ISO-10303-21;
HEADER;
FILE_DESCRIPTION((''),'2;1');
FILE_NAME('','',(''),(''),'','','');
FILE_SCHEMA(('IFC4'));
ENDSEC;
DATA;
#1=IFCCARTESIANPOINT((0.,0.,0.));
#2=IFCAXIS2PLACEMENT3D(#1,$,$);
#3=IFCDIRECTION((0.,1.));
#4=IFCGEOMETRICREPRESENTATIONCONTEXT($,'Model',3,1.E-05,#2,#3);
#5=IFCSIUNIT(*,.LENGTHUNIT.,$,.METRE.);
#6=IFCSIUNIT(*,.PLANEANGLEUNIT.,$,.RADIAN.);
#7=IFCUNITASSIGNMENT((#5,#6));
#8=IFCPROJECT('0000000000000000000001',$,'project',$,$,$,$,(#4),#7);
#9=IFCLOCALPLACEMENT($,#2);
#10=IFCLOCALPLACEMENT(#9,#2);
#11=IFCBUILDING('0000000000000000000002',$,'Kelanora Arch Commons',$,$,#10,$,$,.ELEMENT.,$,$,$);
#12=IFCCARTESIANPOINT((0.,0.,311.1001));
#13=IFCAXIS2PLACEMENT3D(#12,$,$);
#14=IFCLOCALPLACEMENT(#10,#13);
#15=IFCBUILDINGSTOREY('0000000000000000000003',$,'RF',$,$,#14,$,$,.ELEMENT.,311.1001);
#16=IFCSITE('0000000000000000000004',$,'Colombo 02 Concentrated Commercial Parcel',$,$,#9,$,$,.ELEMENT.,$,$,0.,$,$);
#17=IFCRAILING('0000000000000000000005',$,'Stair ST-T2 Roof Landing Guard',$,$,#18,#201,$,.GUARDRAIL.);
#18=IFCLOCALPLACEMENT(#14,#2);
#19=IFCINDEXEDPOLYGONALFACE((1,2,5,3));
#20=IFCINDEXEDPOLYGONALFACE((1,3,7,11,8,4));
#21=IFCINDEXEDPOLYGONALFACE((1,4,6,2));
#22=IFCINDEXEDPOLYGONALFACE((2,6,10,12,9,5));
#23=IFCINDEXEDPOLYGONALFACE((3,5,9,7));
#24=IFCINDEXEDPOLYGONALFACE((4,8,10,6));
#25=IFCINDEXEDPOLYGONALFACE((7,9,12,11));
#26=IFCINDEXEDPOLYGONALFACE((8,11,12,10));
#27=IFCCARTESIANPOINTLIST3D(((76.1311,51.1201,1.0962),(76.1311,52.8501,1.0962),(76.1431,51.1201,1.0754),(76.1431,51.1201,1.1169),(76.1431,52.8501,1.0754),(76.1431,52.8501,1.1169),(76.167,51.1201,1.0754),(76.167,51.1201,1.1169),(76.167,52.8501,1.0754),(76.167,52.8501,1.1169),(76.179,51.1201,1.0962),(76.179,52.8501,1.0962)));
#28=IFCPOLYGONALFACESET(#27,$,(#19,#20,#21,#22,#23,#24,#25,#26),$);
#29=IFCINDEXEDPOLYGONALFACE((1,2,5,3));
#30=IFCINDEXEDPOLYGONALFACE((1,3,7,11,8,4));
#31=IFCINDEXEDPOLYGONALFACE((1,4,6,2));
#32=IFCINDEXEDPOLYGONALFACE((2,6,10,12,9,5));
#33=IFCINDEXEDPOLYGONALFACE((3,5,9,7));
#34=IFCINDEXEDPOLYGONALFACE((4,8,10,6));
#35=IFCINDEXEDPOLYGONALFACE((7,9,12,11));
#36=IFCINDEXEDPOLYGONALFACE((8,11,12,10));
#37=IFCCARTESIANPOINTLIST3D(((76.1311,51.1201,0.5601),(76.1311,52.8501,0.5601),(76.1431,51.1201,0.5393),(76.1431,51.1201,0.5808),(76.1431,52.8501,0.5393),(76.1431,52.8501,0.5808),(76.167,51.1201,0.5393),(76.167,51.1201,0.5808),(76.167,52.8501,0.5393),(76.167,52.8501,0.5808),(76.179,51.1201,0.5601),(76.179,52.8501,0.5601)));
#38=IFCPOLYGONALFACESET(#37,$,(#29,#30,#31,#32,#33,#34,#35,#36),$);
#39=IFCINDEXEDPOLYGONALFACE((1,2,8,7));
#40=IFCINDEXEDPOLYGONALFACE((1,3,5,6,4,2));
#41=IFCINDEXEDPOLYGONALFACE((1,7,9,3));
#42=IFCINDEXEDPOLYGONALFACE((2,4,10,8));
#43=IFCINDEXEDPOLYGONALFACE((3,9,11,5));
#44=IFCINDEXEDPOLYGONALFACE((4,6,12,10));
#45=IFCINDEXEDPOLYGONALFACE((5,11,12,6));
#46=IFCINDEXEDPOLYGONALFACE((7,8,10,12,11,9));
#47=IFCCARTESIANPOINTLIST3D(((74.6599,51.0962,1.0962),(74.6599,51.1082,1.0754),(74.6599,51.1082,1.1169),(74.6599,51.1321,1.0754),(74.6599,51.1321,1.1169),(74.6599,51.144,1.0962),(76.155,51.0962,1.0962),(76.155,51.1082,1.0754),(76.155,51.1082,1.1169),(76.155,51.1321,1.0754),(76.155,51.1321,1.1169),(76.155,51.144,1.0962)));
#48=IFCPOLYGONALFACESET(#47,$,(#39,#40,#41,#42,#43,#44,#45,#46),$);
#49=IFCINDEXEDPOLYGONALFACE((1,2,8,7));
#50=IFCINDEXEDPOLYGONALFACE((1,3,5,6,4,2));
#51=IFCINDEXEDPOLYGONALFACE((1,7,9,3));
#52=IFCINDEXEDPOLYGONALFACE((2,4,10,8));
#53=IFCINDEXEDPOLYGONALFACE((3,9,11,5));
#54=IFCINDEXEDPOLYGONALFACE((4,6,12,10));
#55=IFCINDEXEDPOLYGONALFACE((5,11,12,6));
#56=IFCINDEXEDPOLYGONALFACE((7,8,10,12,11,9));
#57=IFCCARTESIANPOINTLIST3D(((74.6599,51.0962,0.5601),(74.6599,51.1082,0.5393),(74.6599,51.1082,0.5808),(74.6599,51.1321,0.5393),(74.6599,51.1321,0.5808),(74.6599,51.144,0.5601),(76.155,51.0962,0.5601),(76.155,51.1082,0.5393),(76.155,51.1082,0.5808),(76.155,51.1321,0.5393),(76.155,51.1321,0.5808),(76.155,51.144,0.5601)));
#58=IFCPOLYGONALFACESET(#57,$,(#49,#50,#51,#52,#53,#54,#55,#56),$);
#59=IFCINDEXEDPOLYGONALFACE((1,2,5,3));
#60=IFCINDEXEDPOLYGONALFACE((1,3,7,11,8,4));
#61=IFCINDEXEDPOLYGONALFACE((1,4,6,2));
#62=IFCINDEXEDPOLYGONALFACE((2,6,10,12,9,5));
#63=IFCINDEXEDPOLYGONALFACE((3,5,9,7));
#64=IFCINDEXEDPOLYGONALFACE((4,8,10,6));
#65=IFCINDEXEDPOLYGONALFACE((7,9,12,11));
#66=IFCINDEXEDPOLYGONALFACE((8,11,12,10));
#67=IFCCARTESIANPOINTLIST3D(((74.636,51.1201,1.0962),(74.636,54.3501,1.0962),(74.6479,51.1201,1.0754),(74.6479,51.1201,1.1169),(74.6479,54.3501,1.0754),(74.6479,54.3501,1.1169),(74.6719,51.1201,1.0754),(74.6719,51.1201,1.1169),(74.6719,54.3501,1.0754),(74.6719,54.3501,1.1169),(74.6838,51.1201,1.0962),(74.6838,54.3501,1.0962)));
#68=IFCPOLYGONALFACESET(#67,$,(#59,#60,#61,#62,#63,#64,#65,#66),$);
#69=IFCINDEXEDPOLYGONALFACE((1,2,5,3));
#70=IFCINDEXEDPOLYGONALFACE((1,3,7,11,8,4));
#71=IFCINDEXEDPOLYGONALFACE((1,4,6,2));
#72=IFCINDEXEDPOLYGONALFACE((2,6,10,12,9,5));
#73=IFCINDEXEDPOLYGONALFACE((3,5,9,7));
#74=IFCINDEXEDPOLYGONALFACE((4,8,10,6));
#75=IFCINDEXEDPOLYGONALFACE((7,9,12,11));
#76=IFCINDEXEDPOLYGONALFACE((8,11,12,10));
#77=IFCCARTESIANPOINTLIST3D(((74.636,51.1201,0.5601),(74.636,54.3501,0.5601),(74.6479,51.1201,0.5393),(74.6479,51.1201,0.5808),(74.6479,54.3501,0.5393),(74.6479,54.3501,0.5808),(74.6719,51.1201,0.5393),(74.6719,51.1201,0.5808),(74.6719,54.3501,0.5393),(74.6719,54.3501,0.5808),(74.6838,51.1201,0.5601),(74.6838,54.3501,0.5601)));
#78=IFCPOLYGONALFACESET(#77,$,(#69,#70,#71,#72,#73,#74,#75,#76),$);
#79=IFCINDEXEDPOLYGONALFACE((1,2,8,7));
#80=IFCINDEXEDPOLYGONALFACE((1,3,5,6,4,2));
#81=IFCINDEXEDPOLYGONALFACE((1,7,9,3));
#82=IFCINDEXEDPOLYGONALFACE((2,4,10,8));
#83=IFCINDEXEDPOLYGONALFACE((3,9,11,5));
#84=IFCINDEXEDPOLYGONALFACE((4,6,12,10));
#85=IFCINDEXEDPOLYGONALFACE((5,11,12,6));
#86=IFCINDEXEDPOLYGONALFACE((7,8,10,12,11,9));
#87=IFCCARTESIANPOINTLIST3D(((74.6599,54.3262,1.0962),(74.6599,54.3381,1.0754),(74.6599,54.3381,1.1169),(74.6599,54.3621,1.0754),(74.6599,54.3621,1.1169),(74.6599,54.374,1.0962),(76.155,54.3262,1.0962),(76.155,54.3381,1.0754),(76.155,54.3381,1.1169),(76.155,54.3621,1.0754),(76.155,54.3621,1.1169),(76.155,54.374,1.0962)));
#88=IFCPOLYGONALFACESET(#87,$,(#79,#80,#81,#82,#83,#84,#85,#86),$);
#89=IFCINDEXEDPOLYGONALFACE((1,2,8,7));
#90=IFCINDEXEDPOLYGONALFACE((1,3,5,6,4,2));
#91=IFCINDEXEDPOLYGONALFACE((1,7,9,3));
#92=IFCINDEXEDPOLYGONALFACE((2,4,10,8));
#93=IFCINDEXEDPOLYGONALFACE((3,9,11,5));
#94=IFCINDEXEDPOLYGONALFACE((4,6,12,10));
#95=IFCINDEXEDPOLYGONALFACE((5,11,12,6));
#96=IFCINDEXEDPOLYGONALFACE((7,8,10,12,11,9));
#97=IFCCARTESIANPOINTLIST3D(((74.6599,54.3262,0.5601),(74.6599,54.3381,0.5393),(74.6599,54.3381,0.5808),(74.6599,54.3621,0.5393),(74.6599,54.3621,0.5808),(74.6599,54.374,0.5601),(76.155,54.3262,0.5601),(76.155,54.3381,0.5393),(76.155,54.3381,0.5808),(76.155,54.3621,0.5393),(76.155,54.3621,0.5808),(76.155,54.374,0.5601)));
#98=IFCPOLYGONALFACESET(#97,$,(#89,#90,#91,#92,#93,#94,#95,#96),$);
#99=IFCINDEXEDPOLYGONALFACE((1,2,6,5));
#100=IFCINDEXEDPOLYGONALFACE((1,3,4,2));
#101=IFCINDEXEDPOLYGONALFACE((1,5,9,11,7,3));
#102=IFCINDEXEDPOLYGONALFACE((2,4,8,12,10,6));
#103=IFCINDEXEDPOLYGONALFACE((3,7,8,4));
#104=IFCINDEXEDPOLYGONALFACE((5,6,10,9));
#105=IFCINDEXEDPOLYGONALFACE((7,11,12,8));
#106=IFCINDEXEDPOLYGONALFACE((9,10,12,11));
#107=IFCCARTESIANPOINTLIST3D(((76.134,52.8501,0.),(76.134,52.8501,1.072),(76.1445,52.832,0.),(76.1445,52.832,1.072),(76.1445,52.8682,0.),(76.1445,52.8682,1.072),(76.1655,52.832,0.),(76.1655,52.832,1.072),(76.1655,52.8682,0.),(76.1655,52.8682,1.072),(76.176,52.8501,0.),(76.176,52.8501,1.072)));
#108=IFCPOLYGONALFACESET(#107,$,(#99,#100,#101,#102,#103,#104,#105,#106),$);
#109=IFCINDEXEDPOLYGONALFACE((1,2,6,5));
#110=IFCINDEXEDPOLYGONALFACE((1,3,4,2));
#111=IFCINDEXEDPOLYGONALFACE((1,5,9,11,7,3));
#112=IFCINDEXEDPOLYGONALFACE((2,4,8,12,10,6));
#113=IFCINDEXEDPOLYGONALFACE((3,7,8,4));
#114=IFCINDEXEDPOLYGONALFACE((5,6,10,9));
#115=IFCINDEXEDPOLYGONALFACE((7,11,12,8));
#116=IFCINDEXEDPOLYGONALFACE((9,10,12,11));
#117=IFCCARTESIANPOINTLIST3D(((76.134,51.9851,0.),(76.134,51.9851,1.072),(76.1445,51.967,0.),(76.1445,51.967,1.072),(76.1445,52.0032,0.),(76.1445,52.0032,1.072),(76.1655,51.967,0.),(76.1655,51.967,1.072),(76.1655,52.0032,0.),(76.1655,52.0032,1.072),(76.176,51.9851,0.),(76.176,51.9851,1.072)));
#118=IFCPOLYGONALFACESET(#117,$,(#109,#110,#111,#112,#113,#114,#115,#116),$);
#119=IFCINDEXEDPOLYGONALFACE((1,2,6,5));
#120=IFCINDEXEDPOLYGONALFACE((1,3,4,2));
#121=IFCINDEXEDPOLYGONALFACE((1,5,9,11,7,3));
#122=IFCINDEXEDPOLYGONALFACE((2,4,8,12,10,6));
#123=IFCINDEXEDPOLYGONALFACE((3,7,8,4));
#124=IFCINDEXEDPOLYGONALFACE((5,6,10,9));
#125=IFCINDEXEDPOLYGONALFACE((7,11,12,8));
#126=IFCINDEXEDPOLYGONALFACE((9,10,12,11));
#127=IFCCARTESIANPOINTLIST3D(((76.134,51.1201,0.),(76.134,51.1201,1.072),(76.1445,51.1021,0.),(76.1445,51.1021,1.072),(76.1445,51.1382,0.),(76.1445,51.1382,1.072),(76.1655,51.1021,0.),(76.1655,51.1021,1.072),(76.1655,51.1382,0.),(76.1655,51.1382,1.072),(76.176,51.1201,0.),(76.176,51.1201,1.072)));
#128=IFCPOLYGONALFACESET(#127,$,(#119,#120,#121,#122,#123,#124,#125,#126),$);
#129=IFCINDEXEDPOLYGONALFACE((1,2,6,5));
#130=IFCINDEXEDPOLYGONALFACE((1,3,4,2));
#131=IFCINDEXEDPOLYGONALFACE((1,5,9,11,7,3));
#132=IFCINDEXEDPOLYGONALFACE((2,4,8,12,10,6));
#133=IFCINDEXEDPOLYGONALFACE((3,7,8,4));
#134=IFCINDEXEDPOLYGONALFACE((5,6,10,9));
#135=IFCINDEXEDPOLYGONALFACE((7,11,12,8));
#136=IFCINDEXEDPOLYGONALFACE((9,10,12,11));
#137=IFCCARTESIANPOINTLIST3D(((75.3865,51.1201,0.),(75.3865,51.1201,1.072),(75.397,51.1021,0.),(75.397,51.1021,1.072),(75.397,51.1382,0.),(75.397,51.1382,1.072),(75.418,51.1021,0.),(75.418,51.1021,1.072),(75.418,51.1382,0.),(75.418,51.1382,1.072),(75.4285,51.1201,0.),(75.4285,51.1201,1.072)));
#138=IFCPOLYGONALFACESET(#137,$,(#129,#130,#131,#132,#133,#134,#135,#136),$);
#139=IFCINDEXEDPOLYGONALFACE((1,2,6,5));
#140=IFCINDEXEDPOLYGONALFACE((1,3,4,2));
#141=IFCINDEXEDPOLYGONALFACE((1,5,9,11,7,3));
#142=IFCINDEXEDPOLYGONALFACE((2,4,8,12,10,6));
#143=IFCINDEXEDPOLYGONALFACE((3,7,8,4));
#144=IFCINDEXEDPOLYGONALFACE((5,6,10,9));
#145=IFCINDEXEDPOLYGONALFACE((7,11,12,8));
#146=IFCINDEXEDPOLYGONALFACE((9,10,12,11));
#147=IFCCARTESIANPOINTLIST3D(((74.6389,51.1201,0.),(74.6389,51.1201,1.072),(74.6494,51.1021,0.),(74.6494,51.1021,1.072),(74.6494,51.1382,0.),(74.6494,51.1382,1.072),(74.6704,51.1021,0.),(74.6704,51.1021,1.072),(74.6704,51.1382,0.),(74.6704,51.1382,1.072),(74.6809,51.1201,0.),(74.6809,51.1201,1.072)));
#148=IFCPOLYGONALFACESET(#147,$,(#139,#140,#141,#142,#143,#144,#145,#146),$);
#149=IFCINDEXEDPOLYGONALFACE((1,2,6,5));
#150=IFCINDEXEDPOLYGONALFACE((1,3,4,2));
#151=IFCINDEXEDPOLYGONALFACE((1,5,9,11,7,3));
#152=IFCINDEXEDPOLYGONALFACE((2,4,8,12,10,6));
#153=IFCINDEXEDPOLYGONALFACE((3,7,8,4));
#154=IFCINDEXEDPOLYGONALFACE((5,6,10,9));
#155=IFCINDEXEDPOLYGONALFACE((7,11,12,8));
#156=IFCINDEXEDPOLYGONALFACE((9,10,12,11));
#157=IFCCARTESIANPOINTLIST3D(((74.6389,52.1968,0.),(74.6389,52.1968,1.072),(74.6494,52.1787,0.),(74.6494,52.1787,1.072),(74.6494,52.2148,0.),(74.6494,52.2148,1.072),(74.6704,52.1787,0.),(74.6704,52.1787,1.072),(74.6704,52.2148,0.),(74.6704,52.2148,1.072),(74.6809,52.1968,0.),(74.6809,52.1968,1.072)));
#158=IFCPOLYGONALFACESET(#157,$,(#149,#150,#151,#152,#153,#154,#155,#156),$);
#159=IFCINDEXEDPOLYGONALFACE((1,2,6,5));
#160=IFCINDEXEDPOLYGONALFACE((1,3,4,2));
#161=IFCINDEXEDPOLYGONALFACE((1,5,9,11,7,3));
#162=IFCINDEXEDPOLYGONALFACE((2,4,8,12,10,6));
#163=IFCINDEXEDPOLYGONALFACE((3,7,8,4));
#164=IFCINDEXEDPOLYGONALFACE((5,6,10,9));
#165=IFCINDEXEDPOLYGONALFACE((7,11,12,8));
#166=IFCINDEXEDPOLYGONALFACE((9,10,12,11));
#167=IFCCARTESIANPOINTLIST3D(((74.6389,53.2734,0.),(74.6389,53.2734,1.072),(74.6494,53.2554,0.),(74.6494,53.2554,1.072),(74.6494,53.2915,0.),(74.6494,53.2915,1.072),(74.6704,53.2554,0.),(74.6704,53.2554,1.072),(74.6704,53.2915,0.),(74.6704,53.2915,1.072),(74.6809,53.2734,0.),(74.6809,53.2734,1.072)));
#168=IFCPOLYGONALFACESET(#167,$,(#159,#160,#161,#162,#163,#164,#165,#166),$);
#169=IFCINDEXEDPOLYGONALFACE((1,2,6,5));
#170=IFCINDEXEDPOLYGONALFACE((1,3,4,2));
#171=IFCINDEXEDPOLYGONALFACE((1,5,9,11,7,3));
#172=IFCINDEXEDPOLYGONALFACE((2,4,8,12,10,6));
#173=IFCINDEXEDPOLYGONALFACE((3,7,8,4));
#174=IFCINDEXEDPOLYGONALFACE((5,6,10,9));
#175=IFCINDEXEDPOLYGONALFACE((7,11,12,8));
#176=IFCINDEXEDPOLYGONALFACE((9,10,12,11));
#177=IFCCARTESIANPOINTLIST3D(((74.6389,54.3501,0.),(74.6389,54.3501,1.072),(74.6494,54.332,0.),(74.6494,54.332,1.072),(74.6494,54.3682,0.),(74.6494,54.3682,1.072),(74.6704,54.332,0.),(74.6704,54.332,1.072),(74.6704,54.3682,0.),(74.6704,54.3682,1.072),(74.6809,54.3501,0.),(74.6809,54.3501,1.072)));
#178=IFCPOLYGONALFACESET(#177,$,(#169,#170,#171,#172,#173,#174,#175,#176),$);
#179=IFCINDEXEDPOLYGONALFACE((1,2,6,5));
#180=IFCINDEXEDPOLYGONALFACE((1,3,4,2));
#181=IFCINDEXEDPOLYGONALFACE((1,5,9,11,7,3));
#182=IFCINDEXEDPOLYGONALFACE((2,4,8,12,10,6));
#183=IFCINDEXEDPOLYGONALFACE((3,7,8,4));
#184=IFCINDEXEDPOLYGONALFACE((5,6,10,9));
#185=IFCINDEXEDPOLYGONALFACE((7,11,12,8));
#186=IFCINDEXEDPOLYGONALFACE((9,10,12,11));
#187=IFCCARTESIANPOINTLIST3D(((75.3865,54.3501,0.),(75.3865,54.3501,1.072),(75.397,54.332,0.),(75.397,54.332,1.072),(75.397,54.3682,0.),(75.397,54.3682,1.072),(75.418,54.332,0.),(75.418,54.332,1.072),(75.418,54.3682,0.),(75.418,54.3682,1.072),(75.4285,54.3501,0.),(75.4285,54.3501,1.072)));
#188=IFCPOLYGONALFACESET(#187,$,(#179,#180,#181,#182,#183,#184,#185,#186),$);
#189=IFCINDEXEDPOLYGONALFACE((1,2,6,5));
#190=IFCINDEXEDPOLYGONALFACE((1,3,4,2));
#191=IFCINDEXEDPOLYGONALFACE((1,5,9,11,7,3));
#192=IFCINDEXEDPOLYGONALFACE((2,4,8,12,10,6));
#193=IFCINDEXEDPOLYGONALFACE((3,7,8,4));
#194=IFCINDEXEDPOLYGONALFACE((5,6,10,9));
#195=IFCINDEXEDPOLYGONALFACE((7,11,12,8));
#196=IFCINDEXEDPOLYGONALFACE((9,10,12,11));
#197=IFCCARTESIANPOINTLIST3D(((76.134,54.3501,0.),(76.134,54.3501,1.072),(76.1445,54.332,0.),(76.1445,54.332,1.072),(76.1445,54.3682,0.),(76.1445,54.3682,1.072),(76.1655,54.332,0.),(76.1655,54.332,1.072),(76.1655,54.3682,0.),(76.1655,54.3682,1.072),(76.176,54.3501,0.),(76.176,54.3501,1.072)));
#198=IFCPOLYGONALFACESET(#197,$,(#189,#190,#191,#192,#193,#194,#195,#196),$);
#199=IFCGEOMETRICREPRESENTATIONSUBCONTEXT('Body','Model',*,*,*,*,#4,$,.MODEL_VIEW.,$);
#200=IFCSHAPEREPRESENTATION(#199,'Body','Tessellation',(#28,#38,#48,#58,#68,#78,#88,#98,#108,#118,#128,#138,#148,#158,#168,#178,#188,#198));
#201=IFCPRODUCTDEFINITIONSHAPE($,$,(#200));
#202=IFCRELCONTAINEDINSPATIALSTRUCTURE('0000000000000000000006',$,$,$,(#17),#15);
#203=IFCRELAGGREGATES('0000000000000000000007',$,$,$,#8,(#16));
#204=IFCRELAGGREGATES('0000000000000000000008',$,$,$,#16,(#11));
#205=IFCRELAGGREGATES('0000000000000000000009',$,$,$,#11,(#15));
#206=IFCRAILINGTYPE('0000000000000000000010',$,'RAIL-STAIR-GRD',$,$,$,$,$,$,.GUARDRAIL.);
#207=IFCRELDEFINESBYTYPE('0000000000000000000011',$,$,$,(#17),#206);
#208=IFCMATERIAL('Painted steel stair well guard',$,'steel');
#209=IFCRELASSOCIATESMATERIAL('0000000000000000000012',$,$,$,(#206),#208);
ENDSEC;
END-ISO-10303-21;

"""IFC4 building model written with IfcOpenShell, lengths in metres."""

from ifc_helpers import new_model, si_unit, direction, frame, origin, place, context, subcontext, project, spatial, polyline, outline, extrude, material, type_object, element, save


model = new_model("IFC4")

# Units and contexts
model_context = context("Model", 3, precision=1e-05, world=origin(), true_north=direction((0.0, 1.0)))
body_context = subcontext(model_context, "Body", "Model", "MODEL_VIEW")
ifc_project = project(units=[si_unit("LENGTHUNIT", "METRE"), si_unit("PLANEANGLEUNIT", "RADIAN")], contexts=[model_context])

# Site, building, storey
site_placement = place(None, origin())
site = spatial("IfcSite", under=ifc_project, at=site_placement, Name="Colombo 02 Concentrated Commercial Parcel", CompositionType="ELEMENT", RefElevation=0.0)
building_placement = place(site_placement, origin())
building = spatial("IfcBuilding", under=site, at=building_placement, Name="Kelanora Arch Commons", CompositionType="ELEMENT")
storey_placement = place(building_placement, frame((0.0, 0.0, 311.1001)))
storey = spatial("IfcBuildingStorey", under=building, at=storey_placement, Name="RF", CompositionType="ELEMENT", Elevation=311.1001)

# Railing
ifc_material_1 = material(Name="Painted steel stair well guard", Category="steel")
railing_type = type_object("IfcRailingType", Name="RAIL-STAIR-GRD", PredefinedType="GUARDRAIL", material=ifc_material_1)
railing_1_placement = place(storey_placement, frame((76.155, 52.8501, 0.0)))
element("IfcRailing", 1, at=railing_1_placement, inside=storey, type_object=railing_type, Name="Stair ST-T2 Roof Landing Guard", PredefinedType="GUARDRAIL", context=body_context, shape_type="SweptSolid", body=[
    extrude(outline(polyline([(0.0239, 0.0), (0.012, 0.0208), (-0.012, 0.0208), (-0.0239, 0.0), (-0.012, -0.0208), (0.012, -0.0208), (0.0239, 0.0)])), frame((0.0, 0.0, 1.0962), z_axis=(0.0, -1.0, 0.0), x_axis=(1.0, 0.0, 0.0)), (0.0, 0.0, 1.0), 1.73),
    extrude(outline(polyline([(0.0239, 0.0), (0.012, 0.0208), (-0.012, 0.0208), (-0.0239, 0.0), (-0.012, -0.0208), (0.012, -0.0208), (0.0239, 0.0)])), frame((0.0, 0.0, 0.5601), z_axis=(0.0, -1.0, 0.0), x_axis=(1.0, 0.0, 0.0)), (0.0, 0.0, 1.0), 1.73),
    extrude(outline(polyline([(0.0239, 0.0), (0.012, 0.0208), (-0.012, 0.0208), (-0.0239, 0.0), (-0.012, -0.0208), (0.012, -0.0208), (0.0239, 0.0)])), frame((0.0, -1.73, 1.0962), z_axis=(-1.0, 0.0, 0.0), x_axis=(0.0, -1.0, 0.0)), (0.0, 0.0, 1.0), 1.4951),
    extrude(outline(polyline([(0.0239, 0.0), (0.012, 0.0208), (-0.012, 0.0208), (-0.0239, 0.0), (-0.012, -0.0208), (0.012, -0.0208), (0.0239, 0.0)])), frame((0.0, -1.73, 0.5601), z_axis=(-1.0, 0.0, 0.0), x_axis=(0.0, -1.0, 0.0)), (0.0, 0.0, 1.0), 1.4951),
    extrude(outline(polyline([(0.0239, 0.0), (0.012, 0.0208), (-0.012, 0.0208), (-0.0239, 0.0), (-0.012, -0.0208), (0.012, -0.0208), (0.0239, 0.0)])), frame((-1.4951, -1.73, 1.0962), z_axis=(0.0, 1.0, 0.0), x_axis=(-1.0, 0.0, 0.0)), (0.0, 0.0, 1.0), 3.23),
    extrude(outline(polyline([(0.0239, 0.0), (0.012, 0.0208), (-0.012, 0.0208), (-0.0239, 0.0), (-0.012, -0.0208), (0.012, -0.0208), (0.0239, 0.0)])), frame((-1.4951, -1.73, 0.5601), z_axis=(0.0, 1.0, 0.0), x_axis=(-1.0, 0.0, 0.0)), (0.0, 0.0, 1.0), 3.23),
    extrude(outline(polyline([(0.0239, 0.0), (0.012, 0.0208), (-0.012, 0.0208), (-0.0239, 0.0), (-0.012, -0.0208), (0.012, -0.0208), (0.0239, 0.0)])), frame((-1.4951, 1.5, 1.0962), z_axis=(1.0, 0.0, 0.0), x_axis=(0.0, 1.0, 0.0)), (0.0, 0.0, 1.0), 1.4951),
    extrude(outline(polyline([(0.0239, 0.0), (0.012, 0.0208), (-0.012, 0.0208), (-0.0239, 0.0), (-0.012, -0.0208), (0.012, -0.0208), (0.0239, 0.0)])), frame((-1.4951, 1.5, 0.5601), z_axis=(1.0, 0.0, 0.0), x_axis=(0.0, 1.0, 0.0)), (0.0, 0.0, 1.0), 1.4951),
    extrude(outline(polyline([(0.021, 0.0), (0.0105, 0.0181), (-0.0105, 0.0181), (-0.021, 0.0), (-0.0105, -0.0181), (0.0105, -0.0181), (0.021, 0.0)])), origin(), (0.0, 0.0, 1.0), 1.072),
    extrude(outline(polyline([(0.021, 0.0), (0.0105, 0.0181), (-0.0105, 0.0181), (-0.021, 0.0), (-0.0105, -0.0181), (0.0105, -0.0181), (0.021, 0.0)])), frame((0.0, -0.865, 0.0)), (0.0, 0.0, 1.0), 1.072),
    extrude(outline(polyline([(0.021, 0.0), (0.0105, 0.0181), (-0.0105, 0.0181), (-0.021, 0.0), (-0.0105, -0.0181), (0.0105, -0.0181), (0.021, 0.0)])), frame((0.0, -1.73, 0.0)), (0.0, 0.0, 1.0), 1.072),
    extrude(outline(polyline([(0.021, 0.0), (0.0105, 0.0181), (-0.0105, 0.0181), (-0.021, 0.0), (-0.0105, -0.0181), (0.0105, -0.0181), (0.021, 0.0)])), frame((-0.7476, -1.73, 0.0)), (0.0, 0.0, 1.0), 1.072),
    extrude(outline(polyline([(0.021, 0.0), (0.0105, 0.0181), (-0.0105, 0.0181), (-0.021, 0.0), (-0.0105, -0.0181), (0.0105, -0.0181), (0.021, 0.0)])), frame((-1.4951, -1.73, 0.0)), (0.0, 0.0, 1.0), 1.072),
    extrude(outline(polyline([(0.021, 0.0), (0.0105, 0.0181), (-0.0105, 0.0181), (-0.021, 0.0), (-0.0105, -0.0181), (0.0105, -0.0181), (0.021, 0.0)])), frame((-1.4951, -0.6533, 0.0)), (0.0, 0.0, 1.0), 1.072),
    extrude(outline(polyline([(0.021, 0.0), (0.0105, 0.0181), (-0.0105, 0.0181), (-0.021, 0.0), (-0.0105, -0.0181), (0.0105, -0.0181), (0.021, 0.0)])), frame((-1.4951, 0.4233, 0.0)), (0.0, 0.0, 1.0), 1.072),
    extrude(outline(polyline([(0.021, 0.0), (0.0105, 0.0181), (-0.0105, 0.0181), (-0.021, 0.0), (-0.0105, -0.0181), (0.0105, -0.0181), (0.021, 0.0)])), frame((-1.4951, 1.5, 0.0)), (0.0, 0.0, 1.0), 1.072),
    extrude(outline(polyline([(0.021, 0.0), (0.0105, 0.0181), (-0.0105, 0.0181), (-0.021, 0.0), (-0.0105, -0.0181), (0.0105, -0.0181), (0.021, 0.0)])), frame((-0.7476, 1.5, 0.0)), (0.0, 0.0, 1.0), 1.072),
    extrude(outline(polyline([(0.021, 0.0), (0.0105, 0.0181), (-0.0105, 0.0181), (-0.021, 0.0), (-0.0105, -0.0181), (0.0105, -0.0181), (0.021, 0.0)])), frame((0.0, 1.5, 0.0)), (0.0, 0.0, 1.0), 1.072),
])

save(model, "model.ifc")
